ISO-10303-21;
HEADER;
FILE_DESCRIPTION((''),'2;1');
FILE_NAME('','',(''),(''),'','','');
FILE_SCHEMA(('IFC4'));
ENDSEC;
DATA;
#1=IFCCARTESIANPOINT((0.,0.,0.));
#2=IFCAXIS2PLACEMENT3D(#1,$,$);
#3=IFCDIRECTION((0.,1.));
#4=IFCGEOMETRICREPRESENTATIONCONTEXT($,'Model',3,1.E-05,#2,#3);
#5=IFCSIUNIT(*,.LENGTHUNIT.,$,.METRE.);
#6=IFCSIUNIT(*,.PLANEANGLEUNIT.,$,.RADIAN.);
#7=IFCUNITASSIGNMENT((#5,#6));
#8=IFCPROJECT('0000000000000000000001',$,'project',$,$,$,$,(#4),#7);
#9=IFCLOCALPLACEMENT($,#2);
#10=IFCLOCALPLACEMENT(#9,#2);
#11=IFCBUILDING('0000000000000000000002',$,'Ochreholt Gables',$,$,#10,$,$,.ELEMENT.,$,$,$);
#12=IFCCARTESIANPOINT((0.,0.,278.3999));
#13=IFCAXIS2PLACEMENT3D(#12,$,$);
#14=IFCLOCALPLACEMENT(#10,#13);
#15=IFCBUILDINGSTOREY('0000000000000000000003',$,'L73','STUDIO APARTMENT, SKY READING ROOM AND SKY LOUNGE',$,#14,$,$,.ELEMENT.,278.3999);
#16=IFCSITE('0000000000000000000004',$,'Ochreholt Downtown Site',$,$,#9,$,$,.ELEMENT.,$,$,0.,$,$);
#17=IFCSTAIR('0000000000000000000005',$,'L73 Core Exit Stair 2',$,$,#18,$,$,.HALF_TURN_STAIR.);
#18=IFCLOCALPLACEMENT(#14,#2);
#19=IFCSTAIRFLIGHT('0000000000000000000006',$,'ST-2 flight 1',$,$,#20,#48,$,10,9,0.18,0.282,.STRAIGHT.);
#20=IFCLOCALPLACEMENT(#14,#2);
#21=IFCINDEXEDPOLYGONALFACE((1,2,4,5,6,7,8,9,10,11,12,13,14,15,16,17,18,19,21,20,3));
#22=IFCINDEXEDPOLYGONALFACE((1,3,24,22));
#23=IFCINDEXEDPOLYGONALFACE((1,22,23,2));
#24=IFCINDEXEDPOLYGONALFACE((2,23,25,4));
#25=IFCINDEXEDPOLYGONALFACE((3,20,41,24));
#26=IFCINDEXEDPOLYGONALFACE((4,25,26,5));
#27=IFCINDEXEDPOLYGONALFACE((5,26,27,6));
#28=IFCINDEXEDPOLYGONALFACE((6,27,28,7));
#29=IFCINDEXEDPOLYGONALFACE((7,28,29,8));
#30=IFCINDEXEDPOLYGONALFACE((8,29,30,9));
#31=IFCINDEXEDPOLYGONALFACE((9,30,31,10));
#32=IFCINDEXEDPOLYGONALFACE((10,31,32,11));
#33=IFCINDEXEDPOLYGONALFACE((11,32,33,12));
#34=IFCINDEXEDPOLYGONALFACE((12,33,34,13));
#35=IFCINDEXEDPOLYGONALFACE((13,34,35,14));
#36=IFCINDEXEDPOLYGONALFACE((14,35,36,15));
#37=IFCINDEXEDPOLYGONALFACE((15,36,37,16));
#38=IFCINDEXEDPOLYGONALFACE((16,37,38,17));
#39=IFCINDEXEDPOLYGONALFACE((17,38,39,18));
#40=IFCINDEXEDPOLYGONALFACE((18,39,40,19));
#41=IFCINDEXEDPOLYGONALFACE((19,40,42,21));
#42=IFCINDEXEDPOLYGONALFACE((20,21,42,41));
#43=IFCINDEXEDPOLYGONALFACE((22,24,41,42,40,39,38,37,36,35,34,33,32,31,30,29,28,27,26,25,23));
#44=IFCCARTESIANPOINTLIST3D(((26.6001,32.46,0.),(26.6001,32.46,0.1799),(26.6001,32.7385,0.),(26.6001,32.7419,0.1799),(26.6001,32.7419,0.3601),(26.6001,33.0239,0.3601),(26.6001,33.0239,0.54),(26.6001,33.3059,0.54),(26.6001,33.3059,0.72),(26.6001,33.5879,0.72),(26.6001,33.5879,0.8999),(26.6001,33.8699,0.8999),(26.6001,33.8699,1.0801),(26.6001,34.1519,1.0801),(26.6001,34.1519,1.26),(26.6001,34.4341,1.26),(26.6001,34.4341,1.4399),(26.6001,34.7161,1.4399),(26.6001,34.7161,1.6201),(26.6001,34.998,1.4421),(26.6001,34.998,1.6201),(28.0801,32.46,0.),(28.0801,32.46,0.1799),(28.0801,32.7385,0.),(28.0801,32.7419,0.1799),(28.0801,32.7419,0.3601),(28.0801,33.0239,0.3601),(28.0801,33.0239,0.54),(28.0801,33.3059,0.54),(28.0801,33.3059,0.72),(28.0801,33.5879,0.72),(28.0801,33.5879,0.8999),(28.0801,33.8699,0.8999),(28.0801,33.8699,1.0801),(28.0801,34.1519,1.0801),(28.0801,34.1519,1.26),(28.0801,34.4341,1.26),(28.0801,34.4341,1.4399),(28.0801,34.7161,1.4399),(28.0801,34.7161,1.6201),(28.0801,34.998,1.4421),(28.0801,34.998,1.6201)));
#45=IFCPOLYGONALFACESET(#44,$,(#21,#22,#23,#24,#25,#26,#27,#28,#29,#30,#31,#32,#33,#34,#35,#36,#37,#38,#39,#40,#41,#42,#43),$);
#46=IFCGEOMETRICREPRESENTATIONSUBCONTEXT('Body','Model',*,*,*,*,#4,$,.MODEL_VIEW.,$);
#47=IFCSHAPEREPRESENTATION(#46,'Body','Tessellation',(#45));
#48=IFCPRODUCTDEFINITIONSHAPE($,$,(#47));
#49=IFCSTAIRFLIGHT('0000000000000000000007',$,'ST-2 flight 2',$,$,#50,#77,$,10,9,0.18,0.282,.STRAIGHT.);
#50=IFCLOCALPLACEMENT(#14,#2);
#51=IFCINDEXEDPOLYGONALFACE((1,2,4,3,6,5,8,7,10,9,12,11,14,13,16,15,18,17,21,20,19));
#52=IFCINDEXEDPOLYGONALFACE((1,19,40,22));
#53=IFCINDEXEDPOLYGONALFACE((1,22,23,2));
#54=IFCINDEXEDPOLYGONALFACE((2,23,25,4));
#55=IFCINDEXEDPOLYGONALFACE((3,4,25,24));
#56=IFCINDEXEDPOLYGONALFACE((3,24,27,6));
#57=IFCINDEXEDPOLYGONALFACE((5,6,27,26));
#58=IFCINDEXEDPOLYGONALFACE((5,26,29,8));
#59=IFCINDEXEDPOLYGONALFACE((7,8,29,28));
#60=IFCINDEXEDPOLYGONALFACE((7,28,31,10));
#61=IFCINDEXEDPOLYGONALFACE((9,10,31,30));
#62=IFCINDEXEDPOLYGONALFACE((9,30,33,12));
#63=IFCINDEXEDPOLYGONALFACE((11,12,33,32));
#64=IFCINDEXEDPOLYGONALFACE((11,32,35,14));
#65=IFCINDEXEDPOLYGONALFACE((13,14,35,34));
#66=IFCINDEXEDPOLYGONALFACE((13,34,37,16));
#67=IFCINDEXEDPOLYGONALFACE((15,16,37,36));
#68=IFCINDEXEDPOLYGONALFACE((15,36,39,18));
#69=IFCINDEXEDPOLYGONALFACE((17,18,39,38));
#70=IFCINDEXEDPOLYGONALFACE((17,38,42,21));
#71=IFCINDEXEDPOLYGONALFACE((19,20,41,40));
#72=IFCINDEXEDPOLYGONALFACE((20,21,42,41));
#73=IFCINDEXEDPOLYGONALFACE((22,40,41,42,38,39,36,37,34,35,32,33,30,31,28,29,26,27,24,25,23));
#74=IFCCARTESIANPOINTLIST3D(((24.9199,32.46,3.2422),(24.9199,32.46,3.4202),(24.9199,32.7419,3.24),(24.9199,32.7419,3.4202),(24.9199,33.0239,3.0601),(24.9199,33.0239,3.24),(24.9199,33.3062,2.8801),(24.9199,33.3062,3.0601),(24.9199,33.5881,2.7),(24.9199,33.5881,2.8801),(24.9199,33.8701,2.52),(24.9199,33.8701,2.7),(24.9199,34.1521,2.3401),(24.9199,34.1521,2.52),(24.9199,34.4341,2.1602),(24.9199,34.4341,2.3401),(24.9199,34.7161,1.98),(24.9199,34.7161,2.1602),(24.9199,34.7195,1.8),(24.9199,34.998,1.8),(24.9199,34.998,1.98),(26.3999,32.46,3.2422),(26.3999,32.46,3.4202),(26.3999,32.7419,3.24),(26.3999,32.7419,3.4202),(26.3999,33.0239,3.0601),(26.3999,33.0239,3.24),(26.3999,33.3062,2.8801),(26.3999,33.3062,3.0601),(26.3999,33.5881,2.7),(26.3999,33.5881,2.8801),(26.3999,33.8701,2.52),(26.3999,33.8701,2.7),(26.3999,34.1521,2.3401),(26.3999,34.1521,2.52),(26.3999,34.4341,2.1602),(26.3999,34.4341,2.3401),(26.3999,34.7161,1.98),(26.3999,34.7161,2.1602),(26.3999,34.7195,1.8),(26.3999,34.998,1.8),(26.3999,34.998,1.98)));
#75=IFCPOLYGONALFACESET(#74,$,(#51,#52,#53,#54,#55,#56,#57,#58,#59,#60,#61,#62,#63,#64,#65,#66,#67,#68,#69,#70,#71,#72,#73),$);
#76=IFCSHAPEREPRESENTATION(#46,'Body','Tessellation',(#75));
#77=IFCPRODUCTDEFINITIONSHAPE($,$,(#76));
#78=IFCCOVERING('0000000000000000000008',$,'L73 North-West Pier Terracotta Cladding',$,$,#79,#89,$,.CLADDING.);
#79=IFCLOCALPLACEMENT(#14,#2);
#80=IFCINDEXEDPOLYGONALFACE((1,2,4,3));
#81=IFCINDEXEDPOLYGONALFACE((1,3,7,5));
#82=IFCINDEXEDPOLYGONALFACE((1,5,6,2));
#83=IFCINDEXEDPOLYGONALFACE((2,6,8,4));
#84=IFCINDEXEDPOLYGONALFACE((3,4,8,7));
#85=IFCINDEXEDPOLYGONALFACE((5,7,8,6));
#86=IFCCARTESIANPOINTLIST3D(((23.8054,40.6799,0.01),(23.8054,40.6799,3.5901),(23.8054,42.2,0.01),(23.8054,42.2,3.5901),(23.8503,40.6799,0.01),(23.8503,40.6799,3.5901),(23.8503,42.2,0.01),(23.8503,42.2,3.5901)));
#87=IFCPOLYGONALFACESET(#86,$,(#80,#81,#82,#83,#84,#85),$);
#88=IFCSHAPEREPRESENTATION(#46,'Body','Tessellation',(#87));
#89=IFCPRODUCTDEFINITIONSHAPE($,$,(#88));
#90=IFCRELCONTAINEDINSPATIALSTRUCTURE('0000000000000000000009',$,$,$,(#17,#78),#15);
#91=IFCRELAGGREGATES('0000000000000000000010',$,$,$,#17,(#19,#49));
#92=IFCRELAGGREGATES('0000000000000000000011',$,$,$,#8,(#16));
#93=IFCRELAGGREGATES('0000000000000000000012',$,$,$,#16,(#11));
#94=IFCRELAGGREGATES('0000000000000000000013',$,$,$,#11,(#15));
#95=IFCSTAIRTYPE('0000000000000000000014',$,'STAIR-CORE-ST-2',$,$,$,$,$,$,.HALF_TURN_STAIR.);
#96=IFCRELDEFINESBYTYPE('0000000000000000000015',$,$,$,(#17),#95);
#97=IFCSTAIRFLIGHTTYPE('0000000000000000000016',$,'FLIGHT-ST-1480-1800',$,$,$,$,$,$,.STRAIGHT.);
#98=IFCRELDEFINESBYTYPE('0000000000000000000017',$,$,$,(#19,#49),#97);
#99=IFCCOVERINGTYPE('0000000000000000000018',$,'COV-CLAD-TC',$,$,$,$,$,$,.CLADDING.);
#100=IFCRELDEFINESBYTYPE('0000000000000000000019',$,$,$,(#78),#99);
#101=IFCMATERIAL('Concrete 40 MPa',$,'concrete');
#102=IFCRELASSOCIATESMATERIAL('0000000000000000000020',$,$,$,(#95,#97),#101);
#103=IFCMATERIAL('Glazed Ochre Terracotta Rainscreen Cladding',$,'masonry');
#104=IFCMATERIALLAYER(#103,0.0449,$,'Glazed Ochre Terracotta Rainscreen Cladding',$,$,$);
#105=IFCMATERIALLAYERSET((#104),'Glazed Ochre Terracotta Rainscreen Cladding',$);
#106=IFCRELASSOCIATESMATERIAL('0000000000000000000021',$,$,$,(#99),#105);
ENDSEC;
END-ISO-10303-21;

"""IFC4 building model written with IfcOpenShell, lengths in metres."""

from ifc_helpers import new_model, si_unit, direction, frame, origin, origin_2d, place, context, subcontext, project, spatial, polyline, rectangle, outline, extrude, material, layer, layer_set, type_object, element, aggregate, save


model = new_model("IFC4")

# Units and contexts
model_context = context("Model", 3, precision=1e-05, world=origin(), true_north=direction((0.0, 1.0)))
body_context = subcontext(model_context, "Body", "Model", "MODEL_VIEW")
ifc_project = project(units=[si_unit("LENGTHUNIT", "METRE"), si_unit("PLANEANGLEUNIT", "RADIAN")], contexts=[model_context])

# Site, building, storey
site_placement = place(None, origin())
site = spatial("IfcSite", under=ifc_project, at=site_placement, Name="Ochreholt Downtown Site", CompositionType="ELEMENT", RefElevation=0.0)
building_placement = place(site_placement, origin())
building = spatial("IfcBuilding", under=site, at=building_placement, Name="Ochreholt Gables", CompositionType="ELEMENT")
storey_placement = place(building_placement, frame((0.0, 0.0, 278.3999)))
storey = spatial("IfcBuildingStorey", under=building, at=storey_placement, Name="L73", Description="STUDIO APARTMENT, SKY READING ROOM AND SKY LOUNGE", CompositionType="ELEMENT", Elevation=278.3999)

# Stair, stair flights
ifc_material_1 = material(Name="Concrete 40 MPa", Category="concrete")
stair_type = type_object("IfcStairType", Name="STAIR-CORE-ST-2", PredefinedType="HALF_TURN_STAIR", material=ifc_material_1)
stair_placement = place(storey_placement, origin())
stair = element("IfcStair", 1, at=stair_placement, inside=storey, type_object=stair_type, Name="L73 Core Exit Stair 2", PredefinedType="HALF_TURN_STAIR")
stair_flight_type = type_object("IfcStairFlightType", Name="FLIGHT-ST-1480-1800", PredefinedType="STRAIGHT", material=ifc_material_1)
stair_flight_1_placement = place(storey_placement, frame((27.3401, 32.46, 0.0), z_axis=(0.0, 0.0, 1.0), x_axis=(0.0, 1.0, 0.0)))
stair_flight_1 = element("IfcStairFlight", 2, at=stair_flight_1_placement, type_object=stair_flight_type, Name="ST-2 flight 1", NumberOfRisers=10, NumberOfTreads=9, PredefinedType="STRAIGHT", RiserHeight=0.18, TreadLength=0.282, context=body_context, shape_type="SweptSolid", body=[
    extrude(outline(polyline([(0.0, 0.0), (0.0, 0.1799), (0.282, 0.1799), (0.282, 0.3601), (0.564, 0.3601), (0.564, 0.54), (0.8459, 0.54), (0.8459, 0.72), (1.1279, 0.72), (1.1279, 0.8999), (1.4099, 0.8999), (1.4099, 1.0801), (1.6919, 1.0801), (1.6919, 1.26), (1.9741, 1.26), (1.9741, 1.4399), (2.2561, 1.4399), (2.2561, 1.6201), (2.5381, 1.6201), (2.5381, 1.8), (2.5381, 1.4421), (0.2786, 0.0), (0.0, 0.0)])), frame((0.0, 0.74, 0.0), z_axis=(0.0, -1.0, 0.0), x_axis=(1.0, 0.0, 0.0)), (0.0, 0.0, 1.0), 1.48),
])
stair_flight_2_placement = place(storey_placement, frame((25.6599, 34.998, 1.8), z_axis=(0.0, 0.0, 1.0), x_axis=(0.0, -1.0, 0.0)))
stair_flight_2 = element("IfcStairFlight", 3, at=stair_flight_2_placement, type_object=stair_flight_type, Name="ST-2 flight 2", NumberOfRisers=10, NumberOfTreads=9, PredefinedType="STRAIGHT", RiserHeight=0.18, TreadLength=0.282, context=body_context, shape_type="SweptSolid", body=[
    extrude(outline(polyline([(0.0, 0.0), (0.0, 0.1799), (0.282, 0.1799), (0.282, 0.3601), (0.564, 0.3601), (0.564, 0.54), (0.8459, 0.54), (0.8459, 0.72), (1.1279, 0.72), (1.1279, 0.8999), (1.4099, 0.8999), (1.4099, 1.0801), (1.6919, 1.0801), (1.6919, 1.26), (1.9741, 1.26), (1.9741, 1.4399), (2.2561, 1.4399), (2.2561, 1.6201), (2.5381, 1.6201), (2.5381, 1.8), (2.5381, 1.4421), (0.2786, 0.0), (0.0, 0.0)])), frame((0.0, 0.74, 0.0), z_axis=(0.0, -1.0, 0.0), x_axis=(1.0, 0.0, 0.0)), (0.0, 0.0, 1.0), 1.48),
])
aggregate(stair, [stair_flight_1, stair_flight_2])

# Covering
ifc_material_2 = material(Name="Glazed Ochre Terracotta Rainscreen Cladding", Category="masonry")
ifc_layer_1 = layer(ifc_material_2, 0.0449, Name="Glazed Ochre Terracotta Rainscreen Cladding")
ifc_layer_set_1 = layer_set([ifc_layer_1], Name="Glazed Ochre Terracotta Rainscreen Cladding")
covering_type = type_object("IfcCoveringType", Name="COV-CLAD-TC", PredefinedType="CLADDING", material=ifc_layer_set_1)
covering_placement = place(storey_placement, frame((23.8279, 41.4399, 0.01), z_axis=(0.0, 0.0, 1.0), x_axis=(0.0, 1.0, 0.0)))
element("IfcCovering", 4, at=covering_placement, inside=storey, type_object=covering_type, Name="L73 North-West Pier Terracotta Cladding", PredefinedType="CLADDING", context=body_context, shape_type="SweptSolid", body=[
    extrude(rectangle(XDim=1.52, YDim=0.0449, at=origin_2d()), origin(), (0.0, 0.0, 1.0), 3.5801),
])

save(model, "model.ifc")
